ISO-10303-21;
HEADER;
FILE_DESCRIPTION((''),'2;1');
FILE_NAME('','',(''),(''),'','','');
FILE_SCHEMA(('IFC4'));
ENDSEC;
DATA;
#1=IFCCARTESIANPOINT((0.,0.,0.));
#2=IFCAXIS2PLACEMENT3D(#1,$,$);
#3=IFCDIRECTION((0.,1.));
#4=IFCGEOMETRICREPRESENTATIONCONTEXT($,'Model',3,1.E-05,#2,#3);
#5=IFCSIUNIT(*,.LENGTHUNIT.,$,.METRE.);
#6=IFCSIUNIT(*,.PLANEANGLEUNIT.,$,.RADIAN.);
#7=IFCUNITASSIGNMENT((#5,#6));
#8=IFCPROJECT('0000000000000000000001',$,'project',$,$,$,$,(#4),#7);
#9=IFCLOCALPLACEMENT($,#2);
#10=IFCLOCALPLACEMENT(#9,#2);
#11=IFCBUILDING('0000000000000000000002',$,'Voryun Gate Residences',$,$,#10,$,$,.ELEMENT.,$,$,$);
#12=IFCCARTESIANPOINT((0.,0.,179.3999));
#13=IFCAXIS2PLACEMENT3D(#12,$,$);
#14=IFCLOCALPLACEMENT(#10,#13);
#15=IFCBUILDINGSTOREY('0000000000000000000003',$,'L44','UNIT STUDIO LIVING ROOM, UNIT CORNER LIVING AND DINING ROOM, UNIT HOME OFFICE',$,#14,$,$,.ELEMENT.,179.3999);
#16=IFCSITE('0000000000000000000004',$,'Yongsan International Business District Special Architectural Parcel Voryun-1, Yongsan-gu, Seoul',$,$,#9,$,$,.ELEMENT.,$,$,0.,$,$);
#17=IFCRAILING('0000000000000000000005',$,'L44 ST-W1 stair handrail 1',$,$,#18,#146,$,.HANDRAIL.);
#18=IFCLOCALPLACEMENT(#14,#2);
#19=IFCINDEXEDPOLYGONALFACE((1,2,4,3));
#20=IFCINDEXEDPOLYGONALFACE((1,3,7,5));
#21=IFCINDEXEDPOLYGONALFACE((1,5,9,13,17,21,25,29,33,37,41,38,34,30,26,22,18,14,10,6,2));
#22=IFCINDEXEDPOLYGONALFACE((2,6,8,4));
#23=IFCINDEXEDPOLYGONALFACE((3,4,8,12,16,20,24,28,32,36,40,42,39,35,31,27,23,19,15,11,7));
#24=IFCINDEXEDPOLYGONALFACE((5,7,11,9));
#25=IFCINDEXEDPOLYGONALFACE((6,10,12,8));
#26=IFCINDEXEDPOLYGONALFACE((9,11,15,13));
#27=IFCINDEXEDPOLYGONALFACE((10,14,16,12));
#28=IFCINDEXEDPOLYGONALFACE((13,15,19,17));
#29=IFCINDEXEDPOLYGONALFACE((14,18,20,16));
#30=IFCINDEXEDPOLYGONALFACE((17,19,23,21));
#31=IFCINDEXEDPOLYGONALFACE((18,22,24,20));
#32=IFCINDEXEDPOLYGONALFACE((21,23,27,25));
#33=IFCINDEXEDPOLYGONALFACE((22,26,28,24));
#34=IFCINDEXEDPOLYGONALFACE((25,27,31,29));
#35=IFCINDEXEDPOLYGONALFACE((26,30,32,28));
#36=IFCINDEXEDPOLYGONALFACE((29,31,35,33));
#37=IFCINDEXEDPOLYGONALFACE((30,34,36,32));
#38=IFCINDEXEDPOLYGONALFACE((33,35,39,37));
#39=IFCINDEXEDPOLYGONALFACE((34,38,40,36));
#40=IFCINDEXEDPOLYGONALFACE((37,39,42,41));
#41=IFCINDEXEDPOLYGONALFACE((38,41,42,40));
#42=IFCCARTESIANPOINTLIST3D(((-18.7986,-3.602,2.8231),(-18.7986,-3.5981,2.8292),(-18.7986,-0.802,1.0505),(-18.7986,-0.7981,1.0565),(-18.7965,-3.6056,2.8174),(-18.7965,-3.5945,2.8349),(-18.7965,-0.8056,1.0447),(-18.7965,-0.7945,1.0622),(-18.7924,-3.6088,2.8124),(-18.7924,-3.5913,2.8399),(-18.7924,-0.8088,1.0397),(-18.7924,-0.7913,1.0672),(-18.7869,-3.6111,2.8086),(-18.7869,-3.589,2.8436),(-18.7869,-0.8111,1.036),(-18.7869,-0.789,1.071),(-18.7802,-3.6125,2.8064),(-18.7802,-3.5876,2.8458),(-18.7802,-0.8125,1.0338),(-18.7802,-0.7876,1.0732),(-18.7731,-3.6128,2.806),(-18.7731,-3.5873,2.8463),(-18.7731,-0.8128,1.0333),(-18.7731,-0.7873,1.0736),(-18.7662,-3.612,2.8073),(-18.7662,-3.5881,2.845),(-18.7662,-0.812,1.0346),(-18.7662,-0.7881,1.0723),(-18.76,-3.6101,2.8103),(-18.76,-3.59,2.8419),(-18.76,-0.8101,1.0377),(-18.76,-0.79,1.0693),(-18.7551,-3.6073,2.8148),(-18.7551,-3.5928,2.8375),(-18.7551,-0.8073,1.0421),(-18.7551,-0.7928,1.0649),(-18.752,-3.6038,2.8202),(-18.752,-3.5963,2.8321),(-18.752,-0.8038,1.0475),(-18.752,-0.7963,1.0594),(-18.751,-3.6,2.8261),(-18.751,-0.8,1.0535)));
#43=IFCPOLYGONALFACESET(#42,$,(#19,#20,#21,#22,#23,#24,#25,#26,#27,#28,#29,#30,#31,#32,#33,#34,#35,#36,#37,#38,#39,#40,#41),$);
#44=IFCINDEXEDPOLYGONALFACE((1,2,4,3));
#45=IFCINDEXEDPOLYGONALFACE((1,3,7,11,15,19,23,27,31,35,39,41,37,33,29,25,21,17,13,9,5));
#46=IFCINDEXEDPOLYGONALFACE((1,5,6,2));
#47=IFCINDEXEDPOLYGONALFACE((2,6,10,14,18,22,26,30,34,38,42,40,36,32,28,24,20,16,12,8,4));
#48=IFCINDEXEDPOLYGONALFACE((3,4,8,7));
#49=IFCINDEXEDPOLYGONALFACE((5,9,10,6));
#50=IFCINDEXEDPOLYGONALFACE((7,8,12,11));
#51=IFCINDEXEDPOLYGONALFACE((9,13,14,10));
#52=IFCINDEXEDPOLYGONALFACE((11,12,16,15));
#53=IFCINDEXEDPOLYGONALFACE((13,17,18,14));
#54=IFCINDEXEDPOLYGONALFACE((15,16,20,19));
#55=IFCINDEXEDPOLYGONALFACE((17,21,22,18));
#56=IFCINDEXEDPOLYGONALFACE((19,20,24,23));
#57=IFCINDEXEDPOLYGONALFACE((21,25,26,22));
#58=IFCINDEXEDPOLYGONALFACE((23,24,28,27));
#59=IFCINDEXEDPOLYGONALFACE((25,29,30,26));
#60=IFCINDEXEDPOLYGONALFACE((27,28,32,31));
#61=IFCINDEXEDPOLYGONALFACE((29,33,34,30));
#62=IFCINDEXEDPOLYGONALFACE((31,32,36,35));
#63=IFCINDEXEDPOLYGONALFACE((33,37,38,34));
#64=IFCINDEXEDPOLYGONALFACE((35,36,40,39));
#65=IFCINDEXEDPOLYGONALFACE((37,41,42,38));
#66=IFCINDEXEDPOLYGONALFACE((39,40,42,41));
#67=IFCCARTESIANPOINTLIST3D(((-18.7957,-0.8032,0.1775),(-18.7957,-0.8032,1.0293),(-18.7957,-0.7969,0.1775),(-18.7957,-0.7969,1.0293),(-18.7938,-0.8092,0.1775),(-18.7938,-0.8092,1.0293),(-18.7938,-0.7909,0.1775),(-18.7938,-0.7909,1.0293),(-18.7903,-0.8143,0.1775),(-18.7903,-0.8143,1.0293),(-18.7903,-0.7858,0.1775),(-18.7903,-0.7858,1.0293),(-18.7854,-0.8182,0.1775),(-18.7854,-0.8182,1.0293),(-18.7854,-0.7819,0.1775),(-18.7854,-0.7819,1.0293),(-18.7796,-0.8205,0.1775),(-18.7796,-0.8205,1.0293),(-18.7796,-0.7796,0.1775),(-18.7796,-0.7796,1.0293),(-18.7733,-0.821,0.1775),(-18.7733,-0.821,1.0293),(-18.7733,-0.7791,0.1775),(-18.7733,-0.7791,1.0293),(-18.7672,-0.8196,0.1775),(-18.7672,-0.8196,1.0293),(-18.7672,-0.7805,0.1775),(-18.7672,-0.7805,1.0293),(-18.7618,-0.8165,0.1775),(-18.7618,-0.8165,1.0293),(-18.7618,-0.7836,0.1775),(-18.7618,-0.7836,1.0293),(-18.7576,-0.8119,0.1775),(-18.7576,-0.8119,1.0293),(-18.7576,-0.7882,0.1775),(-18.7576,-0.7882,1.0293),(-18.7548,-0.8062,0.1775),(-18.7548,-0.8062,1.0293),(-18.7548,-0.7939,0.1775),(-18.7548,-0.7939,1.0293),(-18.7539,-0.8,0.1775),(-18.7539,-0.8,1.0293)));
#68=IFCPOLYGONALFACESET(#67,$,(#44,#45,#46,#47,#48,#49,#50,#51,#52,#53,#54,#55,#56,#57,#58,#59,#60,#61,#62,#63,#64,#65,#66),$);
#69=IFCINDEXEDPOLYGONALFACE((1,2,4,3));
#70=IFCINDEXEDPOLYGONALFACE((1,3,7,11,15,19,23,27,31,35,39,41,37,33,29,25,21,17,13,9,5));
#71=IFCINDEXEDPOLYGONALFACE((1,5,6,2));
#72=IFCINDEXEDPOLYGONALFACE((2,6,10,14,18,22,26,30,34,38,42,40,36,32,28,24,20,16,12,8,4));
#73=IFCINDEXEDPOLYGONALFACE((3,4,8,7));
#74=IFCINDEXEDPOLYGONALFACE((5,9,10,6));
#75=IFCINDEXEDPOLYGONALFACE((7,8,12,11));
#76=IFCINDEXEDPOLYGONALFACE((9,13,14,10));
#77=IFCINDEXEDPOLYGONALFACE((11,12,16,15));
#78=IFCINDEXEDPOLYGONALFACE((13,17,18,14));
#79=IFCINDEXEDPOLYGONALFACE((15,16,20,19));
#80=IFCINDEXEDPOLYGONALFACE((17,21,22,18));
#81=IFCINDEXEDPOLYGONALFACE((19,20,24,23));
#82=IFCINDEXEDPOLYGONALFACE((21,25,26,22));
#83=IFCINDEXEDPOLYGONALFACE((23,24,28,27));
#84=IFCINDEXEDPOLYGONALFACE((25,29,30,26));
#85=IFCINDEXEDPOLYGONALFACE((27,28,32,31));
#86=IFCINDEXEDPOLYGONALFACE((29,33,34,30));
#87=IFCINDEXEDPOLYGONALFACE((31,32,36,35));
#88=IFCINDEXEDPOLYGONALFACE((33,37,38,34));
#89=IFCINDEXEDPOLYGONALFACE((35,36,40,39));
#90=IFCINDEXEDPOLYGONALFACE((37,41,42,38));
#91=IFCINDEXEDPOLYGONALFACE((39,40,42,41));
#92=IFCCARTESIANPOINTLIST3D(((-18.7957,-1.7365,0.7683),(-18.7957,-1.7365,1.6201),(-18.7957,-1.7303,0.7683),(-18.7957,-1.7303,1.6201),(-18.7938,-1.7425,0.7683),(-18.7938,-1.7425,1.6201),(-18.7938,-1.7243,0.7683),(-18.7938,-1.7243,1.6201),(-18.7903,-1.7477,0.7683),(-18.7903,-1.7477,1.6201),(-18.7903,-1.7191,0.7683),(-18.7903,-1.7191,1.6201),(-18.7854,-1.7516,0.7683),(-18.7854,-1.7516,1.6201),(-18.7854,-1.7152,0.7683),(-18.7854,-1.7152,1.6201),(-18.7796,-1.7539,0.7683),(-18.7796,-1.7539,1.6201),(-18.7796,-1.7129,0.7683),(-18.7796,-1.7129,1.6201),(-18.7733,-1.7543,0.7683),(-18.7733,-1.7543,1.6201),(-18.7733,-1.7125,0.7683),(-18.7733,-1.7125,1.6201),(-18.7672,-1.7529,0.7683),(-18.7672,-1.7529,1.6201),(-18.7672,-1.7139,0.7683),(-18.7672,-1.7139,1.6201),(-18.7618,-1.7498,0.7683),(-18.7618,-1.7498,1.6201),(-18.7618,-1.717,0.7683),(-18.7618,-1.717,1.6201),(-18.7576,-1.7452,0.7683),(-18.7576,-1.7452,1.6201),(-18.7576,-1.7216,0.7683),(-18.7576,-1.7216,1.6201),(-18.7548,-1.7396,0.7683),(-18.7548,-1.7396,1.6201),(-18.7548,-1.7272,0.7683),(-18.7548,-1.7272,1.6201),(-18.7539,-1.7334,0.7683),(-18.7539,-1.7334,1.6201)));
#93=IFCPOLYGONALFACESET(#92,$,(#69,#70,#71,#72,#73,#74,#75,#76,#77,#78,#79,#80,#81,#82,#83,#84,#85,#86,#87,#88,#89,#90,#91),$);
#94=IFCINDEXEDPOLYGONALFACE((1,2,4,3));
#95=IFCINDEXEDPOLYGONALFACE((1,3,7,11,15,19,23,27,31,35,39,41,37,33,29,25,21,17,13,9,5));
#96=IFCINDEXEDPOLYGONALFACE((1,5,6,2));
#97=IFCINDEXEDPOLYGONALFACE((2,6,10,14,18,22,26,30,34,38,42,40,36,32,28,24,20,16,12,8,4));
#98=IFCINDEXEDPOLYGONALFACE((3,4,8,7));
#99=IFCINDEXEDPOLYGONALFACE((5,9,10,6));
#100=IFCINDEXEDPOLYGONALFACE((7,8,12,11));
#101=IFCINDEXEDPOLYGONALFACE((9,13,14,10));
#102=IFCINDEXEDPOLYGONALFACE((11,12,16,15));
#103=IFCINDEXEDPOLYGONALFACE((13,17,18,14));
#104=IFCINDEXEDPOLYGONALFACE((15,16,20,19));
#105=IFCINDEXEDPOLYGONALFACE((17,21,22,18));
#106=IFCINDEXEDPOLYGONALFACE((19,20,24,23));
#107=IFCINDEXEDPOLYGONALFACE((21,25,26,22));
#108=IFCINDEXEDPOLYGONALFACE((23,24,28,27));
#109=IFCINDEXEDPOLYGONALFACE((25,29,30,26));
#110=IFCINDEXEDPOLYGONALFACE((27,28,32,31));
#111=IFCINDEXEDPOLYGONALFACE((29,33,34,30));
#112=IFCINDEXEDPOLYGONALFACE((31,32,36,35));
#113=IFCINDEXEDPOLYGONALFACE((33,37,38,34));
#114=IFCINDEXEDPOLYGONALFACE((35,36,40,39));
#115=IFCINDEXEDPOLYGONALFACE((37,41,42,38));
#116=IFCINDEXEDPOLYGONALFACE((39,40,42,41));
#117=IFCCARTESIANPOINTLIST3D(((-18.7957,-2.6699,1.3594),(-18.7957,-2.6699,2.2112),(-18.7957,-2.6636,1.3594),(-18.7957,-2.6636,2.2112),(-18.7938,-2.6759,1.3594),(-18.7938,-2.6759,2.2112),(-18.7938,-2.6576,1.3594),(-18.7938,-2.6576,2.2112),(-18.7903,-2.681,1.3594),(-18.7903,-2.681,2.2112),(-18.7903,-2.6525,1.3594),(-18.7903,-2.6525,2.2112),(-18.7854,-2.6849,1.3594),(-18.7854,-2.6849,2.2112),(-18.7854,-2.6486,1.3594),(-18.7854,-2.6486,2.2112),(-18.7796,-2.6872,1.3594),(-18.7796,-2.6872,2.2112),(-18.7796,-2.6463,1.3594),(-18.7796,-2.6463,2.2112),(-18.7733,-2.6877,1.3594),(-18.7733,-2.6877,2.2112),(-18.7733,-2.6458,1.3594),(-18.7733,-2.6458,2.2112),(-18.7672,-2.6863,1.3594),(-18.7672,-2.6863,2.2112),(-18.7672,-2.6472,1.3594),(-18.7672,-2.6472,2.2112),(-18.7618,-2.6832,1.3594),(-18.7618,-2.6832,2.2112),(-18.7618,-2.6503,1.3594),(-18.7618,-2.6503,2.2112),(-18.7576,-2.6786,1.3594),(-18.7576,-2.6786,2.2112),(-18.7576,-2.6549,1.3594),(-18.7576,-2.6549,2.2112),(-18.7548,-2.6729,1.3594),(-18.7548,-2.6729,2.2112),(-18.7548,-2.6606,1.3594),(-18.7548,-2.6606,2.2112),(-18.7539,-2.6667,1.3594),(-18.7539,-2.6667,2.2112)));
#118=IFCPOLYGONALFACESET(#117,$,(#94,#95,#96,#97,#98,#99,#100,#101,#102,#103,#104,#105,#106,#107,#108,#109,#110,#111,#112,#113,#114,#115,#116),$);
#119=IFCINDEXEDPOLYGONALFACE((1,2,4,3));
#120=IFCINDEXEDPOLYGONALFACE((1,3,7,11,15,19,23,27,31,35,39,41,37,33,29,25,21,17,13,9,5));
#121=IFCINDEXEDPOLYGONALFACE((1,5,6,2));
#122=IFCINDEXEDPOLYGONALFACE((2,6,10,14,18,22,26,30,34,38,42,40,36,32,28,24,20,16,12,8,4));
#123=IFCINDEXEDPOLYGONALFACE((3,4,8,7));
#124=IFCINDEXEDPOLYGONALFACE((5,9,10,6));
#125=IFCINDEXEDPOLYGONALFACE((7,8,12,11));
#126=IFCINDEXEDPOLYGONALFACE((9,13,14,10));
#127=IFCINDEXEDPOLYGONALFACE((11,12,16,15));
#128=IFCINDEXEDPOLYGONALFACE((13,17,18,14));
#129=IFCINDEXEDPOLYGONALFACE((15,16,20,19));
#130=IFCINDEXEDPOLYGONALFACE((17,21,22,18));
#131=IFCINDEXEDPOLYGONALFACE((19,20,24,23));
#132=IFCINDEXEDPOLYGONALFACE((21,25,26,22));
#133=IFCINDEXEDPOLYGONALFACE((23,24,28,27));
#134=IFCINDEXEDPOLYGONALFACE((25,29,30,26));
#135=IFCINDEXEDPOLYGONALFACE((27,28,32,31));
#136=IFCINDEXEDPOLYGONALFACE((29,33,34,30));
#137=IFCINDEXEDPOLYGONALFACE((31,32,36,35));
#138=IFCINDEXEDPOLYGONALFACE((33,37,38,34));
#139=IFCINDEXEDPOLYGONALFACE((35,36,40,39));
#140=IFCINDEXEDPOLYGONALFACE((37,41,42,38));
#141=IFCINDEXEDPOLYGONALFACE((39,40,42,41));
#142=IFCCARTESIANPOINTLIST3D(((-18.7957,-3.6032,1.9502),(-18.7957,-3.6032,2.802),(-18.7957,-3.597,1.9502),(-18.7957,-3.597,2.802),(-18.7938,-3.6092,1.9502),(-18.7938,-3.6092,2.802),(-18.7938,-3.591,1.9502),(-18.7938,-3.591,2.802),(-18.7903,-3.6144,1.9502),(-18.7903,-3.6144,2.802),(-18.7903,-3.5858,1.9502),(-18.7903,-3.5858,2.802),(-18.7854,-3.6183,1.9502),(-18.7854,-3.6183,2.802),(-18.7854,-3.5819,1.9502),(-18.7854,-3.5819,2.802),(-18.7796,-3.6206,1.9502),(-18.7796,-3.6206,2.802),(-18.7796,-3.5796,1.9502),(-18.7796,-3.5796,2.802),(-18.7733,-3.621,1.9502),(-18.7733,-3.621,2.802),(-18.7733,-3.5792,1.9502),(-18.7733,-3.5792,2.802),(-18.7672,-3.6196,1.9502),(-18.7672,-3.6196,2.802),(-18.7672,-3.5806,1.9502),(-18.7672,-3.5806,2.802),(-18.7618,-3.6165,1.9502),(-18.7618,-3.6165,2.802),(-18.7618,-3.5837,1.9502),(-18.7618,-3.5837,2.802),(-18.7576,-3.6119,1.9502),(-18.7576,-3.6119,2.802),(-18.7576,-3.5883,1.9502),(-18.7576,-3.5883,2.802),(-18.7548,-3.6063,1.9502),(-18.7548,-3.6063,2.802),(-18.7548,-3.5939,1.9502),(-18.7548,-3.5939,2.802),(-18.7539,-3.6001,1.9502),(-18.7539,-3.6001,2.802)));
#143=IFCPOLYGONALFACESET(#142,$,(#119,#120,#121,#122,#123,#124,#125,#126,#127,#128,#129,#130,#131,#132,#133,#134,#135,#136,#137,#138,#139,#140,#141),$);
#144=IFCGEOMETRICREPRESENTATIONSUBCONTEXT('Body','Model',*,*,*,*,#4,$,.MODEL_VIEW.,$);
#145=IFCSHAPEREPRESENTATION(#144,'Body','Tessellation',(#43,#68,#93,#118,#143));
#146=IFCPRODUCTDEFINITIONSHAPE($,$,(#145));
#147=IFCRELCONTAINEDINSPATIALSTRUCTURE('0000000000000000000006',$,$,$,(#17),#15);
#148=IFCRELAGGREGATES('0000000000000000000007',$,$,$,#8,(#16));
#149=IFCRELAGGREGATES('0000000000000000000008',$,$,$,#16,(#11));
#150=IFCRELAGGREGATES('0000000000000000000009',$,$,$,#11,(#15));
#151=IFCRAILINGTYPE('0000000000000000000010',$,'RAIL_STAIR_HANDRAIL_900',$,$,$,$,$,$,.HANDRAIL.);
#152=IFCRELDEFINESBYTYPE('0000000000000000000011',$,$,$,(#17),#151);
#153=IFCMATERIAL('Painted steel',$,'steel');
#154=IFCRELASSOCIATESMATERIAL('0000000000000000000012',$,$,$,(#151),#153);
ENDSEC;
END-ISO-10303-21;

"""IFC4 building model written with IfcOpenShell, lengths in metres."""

from ifc_helpers import new_model, si_unit, direction, frame, origin, origin_2d, place, context, subcontext, project, spatial, circle, extrude, material, type_object, element, save


model = new_model("IFC4")

# Units and contexts
model_context = context("Model", 3, precision=1e-05, world=origin(), true_north=direction((0.0, 1.0)))
body_context = subcontext(model_context, "Body", "Model", "MODEL_VIEW")
ifc_project = project(units=[si_unit("LENGTHUNIT", "METRE"), si_unit("PLANEANGLEUNIT", "RADIAN")], contexts=[model_context])

# Site, building, storey
site_placement = place(None, origin())
site = spatial("IfcSite", under=ifc_project, at=site_placement, Name="Yongsan International Business District Special Architectural Parcel Voryun-1, Yongsan-gu, Seoul", CompositionType="ELEMENT", RefElevation=0.0)
building_placement = place(site_placement, origin())
building = spatial("IfcBuilding", under=site, at=building_placement, Name="Voryun Gate Residences", CompositionType="ELEMENT")
storey_placement = place(building_placement, frame((0.0, 0.0, 179.3999)))
storey = spatial("IfcBuildingStorey", under=building, at=storey_placement, Name="L44", Description="UNIT STUDIO LIVING ROOM, UNIT CORNER LIVING AND DINING ROOM, UNIT HOME OFFICE", CompositionType="ELEMENT", Elevation=179.3999)

# Railing
ifc_material_1 = material(Name="Painted steel", Category="steel")
railing_type_1 = type_object("IfcRailingType", Name="RAIL_STAIR_HANDRAIL_900", PredefinedType="HANDRAIL", material=ifc_material_1)
railing_1_placement = place(storey_placement, frame((-18.7749, -0.8, 0.1775)))
element("IfcRailing", 1, at=railing_1_placement, inside=storey, type_object=railing_type_1, Name="L44 ST-W1 stair handrail 1", PredefinedType="HANDRAIL", context=body_context, shape_type="SweptSolid", body=[
    extrude(circle(Radius=0.0239, at=origin_2d()), frame((0.0, 0.0, 0.876), z_axis=(0.0, -0.844909, 0.53491), x_axis=(1.0, 0.0, 0.0)), (0.0, 0.0, 1.0), 3.314),
    extrude(circle(Radius=0.021, at=origin_2d()), origin(), (0.0, 0.0, 1.0), 0.8518),
    extrude(circle(Radius=0.021, at=origin_2d()), frame((0.0, -0.9333, 0.5908)), (0.0, 0.0, 1.0), 0.8518),
    extrude(circle(Radius=0.021, at=origin_2d()), frame((0.0, -1.8667, 1.1819)), (0.0, 0.0, 1.0), 0.8518),
    extrude(circle(Radius=0.021, at=origin_2d()), frame((0.0, -2.8, 1.7727)), (0.0, 0.0, 1.0), 0.8518),
])

save(model, "model.ifc")
